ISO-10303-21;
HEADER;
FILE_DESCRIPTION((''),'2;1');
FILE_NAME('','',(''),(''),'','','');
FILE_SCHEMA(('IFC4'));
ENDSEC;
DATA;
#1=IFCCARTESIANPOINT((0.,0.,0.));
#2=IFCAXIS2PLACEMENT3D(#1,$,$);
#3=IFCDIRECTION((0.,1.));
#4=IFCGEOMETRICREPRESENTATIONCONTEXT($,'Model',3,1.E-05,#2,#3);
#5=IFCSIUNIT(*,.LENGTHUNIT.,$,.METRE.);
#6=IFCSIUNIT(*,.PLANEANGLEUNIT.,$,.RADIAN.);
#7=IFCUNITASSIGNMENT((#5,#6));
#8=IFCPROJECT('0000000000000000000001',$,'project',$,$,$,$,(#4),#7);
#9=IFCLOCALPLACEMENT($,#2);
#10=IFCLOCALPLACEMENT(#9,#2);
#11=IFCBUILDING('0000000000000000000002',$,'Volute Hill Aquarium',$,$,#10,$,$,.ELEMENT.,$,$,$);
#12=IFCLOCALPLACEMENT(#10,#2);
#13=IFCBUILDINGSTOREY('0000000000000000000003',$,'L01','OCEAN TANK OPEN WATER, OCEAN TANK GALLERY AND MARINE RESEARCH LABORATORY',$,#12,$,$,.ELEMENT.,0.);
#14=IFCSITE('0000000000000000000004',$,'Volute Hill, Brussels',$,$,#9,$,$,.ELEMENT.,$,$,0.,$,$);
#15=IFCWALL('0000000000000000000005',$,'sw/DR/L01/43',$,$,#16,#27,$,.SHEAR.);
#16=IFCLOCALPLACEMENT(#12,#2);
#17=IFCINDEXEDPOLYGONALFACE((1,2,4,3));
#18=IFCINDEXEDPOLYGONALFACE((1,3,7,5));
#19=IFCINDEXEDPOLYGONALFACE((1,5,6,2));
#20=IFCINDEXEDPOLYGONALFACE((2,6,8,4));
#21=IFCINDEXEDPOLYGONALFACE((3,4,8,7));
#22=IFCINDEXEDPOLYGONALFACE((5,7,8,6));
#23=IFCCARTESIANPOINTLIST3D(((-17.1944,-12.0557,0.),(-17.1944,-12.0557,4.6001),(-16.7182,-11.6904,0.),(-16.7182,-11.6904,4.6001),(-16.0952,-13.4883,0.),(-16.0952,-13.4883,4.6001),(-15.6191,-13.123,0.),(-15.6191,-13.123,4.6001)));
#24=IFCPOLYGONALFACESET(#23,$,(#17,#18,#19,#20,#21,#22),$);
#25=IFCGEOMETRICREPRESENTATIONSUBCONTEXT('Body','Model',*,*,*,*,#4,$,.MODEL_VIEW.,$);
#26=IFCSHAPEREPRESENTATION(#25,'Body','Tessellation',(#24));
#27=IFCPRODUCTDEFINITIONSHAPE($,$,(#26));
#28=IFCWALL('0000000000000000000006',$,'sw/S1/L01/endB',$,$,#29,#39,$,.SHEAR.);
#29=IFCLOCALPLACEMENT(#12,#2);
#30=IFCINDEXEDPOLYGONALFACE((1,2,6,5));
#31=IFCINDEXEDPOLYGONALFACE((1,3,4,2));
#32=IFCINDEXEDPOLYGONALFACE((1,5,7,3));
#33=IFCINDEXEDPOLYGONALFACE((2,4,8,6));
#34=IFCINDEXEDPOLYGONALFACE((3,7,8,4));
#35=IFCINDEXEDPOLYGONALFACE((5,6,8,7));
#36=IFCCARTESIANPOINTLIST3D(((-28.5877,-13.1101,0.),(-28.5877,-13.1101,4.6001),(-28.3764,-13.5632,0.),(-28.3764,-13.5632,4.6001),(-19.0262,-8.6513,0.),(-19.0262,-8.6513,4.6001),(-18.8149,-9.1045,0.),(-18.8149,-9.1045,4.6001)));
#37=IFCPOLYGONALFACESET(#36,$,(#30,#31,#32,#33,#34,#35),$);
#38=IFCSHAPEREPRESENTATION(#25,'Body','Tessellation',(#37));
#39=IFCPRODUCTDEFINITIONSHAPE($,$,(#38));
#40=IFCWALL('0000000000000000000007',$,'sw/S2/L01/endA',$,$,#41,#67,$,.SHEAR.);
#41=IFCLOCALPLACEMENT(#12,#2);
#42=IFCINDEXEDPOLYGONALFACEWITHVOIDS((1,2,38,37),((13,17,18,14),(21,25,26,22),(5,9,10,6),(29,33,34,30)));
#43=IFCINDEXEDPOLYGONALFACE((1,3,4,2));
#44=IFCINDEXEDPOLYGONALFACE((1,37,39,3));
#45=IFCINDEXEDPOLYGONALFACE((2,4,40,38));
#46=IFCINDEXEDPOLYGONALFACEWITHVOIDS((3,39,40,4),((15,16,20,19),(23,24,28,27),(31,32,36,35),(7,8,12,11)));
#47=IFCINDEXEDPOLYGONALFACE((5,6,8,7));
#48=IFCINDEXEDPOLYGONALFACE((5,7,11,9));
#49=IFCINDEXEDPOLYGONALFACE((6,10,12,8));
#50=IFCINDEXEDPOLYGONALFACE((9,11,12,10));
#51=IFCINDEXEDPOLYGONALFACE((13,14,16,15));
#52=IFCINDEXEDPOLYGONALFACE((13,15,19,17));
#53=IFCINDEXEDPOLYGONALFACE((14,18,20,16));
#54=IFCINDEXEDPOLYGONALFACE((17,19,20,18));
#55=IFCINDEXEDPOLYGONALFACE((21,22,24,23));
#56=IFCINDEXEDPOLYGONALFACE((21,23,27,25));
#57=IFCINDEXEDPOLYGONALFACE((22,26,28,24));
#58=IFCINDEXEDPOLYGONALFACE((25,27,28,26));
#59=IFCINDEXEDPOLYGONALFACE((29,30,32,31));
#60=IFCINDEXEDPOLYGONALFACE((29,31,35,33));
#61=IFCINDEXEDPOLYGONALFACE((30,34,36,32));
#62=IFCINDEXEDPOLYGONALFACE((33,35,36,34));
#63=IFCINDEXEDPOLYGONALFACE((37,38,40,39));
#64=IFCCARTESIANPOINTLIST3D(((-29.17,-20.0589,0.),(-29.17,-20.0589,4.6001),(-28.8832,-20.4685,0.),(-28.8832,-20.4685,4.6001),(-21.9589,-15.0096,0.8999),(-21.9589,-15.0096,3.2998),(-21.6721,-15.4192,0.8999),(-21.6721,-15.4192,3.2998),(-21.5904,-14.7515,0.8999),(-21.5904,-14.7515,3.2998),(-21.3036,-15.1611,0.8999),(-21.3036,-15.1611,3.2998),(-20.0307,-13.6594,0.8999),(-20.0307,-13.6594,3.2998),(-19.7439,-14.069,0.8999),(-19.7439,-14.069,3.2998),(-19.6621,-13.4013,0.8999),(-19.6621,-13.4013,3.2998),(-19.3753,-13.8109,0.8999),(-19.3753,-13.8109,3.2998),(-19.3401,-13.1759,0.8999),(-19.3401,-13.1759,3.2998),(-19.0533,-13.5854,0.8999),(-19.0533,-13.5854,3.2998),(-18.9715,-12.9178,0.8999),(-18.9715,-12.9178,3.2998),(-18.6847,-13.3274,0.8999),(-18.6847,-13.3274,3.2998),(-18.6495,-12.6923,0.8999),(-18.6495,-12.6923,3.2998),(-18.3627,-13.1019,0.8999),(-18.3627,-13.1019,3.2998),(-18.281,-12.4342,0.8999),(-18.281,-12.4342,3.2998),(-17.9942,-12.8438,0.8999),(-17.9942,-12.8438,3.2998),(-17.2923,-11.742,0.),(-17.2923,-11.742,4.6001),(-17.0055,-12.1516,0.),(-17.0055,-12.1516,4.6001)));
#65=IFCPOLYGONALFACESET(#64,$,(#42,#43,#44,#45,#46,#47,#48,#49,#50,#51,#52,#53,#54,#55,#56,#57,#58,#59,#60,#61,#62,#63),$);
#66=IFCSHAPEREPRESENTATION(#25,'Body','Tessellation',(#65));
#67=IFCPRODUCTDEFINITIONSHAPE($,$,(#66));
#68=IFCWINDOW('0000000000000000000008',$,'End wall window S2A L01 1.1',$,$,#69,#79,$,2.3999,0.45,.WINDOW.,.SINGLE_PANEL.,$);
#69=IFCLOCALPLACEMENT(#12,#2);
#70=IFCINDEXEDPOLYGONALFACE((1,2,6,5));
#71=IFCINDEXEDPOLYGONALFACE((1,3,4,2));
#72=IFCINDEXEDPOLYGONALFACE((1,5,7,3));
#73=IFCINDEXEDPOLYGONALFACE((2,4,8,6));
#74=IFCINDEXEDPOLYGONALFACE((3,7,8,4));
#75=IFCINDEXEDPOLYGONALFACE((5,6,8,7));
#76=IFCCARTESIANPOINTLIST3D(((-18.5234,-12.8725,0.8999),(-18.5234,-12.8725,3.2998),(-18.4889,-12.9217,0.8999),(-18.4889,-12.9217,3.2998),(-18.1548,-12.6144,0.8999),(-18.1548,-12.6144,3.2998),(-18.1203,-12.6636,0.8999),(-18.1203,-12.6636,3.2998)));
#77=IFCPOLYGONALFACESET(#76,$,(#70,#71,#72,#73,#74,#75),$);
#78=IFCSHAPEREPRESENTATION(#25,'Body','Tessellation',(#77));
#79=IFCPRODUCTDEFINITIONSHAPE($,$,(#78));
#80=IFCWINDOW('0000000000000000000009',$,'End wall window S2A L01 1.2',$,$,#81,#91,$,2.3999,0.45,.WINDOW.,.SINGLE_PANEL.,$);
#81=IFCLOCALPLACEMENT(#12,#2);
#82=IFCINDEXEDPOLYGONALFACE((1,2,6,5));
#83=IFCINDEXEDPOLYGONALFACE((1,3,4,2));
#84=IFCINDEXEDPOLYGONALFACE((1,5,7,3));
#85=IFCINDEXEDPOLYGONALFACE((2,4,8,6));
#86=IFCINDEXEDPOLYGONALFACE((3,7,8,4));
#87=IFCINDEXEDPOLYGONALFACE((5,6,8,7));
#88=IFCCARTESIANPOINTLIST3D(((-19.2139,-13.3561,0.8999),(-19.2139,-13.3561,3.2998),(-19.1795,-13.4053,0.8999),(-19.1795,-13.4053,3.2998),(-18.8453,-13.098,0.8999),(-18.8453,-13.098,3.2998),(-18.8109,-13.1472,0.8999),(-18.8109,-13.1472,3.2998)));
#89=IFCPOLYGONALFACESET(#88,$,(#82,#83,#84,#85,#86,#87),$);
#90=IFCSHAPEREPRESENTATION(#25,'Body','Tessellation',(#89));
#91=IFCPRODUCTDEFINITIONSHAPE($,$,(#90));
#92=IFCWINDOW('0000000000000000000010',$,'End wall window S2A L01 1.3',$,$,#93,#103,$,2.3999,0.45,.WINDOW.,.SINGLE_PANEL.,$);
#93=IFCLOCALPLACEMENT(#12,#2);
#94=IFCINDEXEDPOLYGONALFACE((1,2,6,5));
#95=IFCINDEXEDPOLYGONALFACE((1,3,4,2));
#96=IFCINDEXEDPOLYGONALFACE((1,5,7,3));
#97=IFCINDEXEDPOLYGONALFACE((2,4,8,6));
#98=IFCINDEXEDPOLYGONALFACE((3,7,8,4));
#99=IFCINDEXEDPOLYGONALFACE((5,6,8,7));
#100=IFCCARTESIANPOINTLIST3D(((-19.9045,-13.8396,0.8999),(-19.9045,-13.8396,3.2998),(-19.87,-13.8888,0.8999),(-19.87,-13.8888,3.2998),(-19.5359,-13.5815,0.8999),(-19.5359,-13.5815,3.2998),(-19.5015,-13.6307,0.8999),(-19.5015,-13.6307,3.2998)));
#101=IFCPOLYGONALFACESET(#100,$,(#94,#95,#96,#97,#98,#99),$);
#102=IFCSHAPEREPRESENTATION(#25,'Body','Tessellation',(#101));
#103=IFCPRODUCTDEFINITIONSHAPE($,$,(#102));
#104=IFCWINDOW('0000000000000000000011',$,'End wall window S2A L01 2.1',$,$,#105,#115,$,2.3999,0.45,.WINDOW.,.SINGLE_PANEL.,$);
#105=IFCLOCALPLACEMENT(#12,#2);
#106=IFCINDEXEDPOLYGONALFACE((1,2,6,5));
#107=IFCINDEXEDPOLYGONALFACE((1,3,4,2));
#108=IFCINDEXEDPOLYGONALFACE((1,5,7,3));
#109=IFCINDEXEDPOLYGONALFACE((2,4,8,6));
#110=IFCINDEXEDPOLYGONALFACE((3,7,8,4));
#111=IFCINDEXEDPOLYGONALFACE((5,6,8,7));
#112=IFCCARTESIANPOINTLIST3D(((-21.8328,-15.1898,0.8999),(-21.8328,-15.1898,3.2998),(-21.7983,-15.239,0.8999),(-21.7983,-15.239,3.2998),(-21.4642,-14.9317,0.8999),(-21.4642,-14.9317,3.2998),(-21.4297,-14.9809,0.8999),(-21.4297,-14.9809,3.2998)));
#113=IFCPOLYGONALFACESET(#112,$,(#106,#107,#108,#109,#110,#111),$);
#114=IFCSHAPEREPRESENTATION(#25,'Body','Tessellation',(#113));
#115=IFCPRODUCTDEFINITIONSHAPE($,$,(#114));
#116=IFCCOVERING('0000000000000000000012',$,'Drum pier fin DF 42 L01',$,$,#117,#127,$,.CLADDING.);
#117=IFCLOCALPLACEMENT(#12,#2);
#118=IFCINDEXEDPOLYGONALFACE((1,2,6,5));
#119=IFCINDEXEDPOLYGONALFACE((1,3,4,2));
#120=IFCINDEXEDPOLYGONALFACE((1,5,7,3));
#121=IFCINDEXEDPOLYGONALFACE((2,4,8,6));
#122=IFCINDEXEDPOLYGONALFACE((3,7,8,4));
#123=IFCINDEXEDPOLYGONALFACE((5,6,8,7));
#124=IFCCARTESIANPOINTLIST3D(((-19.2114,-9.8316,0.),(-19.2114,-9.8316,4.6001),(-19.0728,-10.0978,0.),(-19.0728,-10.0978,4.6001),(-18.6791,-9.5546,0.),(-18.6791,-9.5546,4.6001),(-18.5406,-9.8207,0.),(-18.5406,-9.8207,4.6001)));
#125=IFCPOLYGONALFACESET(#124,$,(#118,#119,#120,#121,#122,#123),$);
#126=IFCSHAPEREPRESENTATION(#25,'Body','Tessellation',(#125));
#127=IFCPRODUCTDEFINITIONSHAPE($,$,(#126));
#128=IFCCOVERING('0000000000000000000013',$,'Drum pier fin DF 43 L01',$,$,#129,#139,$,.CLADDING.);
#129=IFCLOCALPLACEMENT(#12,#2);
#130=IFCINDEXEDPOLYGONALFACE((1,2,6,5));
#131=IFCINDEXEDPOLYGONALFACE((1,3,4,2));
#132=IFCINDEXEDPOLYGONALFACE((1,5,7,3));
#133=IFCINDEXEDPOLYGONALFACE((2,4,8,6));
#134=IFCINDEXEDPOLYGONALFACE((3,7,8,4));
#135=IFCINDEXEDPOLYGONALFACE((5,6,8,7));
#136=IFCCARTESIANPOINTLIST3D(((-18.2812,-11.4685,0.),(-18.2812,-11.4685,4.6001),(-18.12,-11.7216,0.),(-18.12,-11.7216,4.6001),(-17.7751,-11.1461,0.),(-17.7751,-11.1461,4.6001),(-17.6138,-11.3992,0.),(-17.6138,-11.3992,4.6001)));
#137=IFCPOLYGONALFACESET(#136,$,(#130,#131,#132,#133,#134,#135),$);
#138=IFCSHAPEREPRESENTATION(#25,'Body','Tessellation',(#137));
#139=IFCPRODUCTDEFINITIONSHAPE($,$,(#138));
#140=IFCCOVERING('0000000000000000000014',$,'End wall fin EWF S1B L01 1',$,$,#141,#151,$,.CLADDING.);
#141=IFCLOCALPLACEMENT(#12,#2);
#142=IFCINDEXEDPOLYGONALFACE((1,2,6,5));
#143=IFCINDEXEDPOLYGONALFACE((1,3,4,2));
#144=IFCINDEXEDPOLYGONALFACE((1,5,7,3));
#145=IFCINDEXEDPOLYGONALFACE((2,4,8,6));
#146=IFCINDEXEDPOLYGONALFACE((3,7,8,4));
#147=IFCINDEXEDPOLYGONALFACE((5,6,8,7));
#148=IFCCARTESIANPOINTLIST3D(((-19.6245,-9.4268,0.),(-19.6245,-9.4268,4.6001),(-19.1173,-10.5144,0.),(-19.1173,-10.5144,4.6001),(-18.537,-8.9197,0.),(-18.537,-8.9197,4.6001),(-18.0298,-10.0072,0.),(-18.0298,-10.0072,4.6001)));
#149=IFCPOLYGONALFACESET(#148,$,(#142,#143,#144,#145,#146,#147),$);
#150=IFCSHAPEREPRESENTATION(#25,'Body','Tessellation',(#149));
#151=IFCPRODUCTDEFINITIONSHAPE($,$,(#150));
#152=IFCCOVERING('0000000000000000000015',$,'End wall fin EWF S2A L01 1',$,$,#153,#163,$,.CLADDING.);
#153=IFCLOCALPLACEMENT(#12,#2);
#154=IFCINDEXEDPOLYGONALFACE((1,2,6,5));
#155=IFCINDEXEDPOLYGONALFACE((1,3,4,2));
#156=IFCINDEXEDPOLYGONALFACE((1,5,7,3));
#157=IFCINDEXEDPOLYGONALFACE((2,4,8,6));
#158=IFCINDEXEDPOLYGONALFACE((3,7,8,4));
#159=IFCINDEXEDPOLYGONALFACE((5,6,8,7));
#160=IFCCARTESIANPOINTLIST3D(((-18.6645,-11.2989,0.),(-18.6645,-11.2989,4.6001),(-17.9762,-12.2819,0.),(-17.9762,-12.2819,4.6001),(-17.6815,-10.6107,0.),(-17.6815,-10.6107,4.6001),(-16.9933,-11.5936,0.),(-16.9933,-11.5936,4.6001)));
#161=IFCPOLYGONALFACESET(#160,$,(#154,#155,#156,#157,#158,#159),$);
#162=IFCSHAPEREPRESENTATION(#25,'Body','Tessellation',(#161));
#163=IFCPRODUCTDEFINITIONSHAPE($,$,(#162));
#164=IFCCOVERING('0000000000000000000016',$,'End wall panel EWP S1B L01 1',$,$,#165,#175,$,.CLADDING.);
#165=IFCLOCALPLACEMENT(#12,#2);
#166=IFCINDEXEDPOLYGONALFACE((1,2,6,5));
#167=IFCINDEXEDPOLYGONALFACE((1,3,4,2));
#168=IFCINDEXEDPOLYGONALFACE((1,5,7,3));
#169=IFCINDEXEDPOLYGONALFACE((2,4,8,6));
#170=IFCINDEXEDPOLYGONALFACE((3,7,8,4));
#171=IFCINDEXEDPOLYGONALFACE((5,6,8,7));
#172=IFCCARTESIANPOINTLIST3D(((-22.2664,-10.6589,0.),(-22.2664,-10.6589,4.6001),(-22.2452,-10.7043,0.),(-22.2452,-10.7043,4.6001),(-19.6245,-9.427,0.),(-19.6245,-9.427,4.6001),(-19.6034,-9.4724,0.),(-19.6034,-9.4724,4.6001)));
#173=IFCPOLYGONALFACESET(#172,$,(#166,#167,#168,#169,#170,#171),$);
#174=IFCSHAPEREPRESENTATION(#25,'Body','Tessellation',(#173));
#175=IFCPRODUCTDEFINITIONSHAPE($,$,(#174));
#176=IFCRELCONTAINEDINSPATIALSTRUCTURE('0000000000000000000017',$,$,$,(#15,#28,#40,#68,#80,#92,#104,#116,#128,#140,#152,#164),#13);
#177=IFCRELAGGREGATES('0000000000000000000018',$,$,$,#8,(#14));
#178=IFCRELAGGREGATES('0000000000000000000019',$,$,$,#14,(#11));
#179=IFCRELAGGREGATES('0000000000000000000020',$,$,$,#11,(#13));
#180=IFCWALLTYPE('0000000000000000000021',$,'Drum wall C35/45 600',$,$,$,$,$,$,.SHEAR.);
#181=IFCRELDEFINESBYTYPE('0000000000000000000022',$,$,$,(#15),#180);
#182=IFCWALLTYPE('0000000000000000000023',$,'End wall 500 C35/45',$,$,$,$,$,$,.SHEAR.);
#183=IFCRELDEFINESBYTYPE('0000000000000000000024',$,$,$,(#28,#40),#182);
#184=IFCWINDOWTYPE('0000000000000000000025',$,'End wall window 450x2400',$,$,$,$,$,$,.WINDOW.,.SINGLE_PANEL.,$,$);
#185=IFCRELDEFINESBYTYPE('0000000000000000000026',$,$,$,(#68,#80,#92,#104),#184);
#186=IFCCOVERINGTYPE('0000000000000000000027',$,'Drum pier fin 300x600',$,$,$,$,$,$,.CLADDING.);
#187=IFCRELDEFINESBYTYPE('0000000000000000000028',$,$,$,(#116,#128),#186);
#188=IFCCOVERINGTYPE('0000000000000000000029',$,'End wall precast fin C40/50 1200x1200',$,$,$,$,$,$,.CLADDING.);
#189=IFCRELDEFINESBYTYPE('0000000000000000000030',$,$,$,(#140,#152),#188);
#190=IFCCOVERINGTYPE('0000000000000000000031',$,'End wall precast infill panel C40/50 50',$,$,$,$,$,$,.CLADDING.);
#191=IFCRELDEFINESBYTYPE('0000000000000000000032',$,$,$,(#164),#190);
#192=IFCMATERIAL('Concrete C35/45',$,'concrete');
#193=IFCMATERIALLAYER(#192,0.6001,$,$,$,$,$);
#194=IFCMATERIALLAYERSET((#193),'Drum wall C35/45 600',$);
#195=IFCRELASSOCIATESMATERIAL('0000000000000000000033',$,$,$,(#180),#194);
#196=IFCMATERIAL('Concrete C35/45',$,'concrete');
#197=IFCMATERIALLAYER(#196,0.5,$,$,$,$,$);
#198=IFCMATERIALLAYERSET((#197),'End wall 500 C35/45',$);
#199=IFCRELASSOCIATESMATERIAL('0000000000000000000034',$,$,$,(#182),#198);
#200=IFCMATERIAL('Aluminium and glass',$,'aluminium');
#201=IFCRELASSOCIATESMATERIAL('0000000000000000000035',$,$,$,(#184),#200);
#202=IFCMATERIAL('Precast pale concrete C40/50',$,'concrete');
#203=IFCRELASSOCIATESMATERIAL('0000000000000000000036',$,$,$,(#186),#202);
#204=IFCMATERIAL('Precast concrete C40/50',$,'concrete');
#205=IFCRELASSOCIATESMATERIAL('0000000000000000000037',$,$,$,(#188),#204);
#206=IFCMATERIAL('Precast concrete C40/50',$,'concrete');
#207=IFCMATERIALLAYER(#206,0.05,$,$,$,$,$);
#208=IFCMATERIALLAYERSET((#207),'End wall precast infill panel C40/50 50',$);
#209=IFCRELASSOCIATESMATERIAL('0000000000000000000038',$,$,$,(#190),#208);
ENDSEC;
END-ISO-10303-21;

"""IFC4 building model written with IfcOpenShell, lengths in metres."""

from ifc_helpers import new_model, si_unit, direction, frame, frame_2d, origin, origin_2d, place, context, subcontext, project, spatial, polyline, rectangle, outline, extrude, material, layer, layer_set, type_object, element, fill, save


model = new_model("IFC4")

# Units and contexts
model_context = context("Model", 3, precision=1e-05, world=origin(), true_north=direction((0.0, 1.0)))
body_context = subcontext(model_context, "Body", "Model", "MODEL_VIEW")
ifc_project = project(units=[si_unit("LENGTHUNIT", "METRE"), si_unit("PLANEANGLEUNIT", "RADIAN")], contexts=[model_context])

# Site, building, storey
site_placement = place(None, origin())
site = spatial("IfcSite", under=ifc_project, at=site_placement, Name="Volute Hill, Brussels", CompositionType="ELEMENT", RefElevation=0.0)
building_placement = place(site_placement, origin())
building = spatial("IfcBuilding", under=site, at=building_placement, Name="Volute Hill Aquarium", CompositionType="ELEMENT")
storey_placement = place(building_placement, origin())
storey = spatial("IfcBuildingStorey", under=building, at=storey_placement, Name="L01", Description="OCEAN TANK OPEN WATER, OCEAN TANK GALLERY AND MARINE RESEARCH LABORATORY", CompositionType="ELEMENT", Elevation=0.0)

# Shared definitions
ifc_material_1 = material(Name="Concrete C35/45", Category="concrete")
ifc_layer_1 = layer(ifc_material_1, 0.6001)
ifc_layer_set_1 = layer_set([ifc_layer_1], Name="Drum wall C35/45 600")
wall_type_1 = type_object("IfcWallType", Name="Drum wall C35/45 600", PredefinedType="SHEAR", material=ifc_layer_set_1)

# Walls
wall_1_placement = place(storey_placement, frame((-16.9563, -11.873, 0.0), z_axis=(0.0, 0.0, 1.0), x_axis=(0.608704, -0.793397, 0.0)))
element("IfcWall", 1, at=wall_1_placement, inside=storey, type_object=wall_type_1, Name="sw/DR/L01/43", PredefinedType="SHEAR", context=body_context, shape_type="SweptSolid", body=[
    extrude(rectangle(XDim=1.8057, YDim=0.6001, at=frame_2d((0.9028, 0.0))), origin(), (0.0, 0.0, 1.0), 4.6001),
])
ifc_material_2 = material(Name="Concrete C35/45", Category="concrete")
ifc_layer_2 = layer(ifc_material_2, 0.5)
ifc_layer_set_2 = layer_set([ifc_layer_2], Name="End wall 500 C35/45")
wall_type_2 = type_object("IfcWallType", Name="End wall 500 C35/45", PredefinedType="SHEAR", material=ifc_layer_set_2)
wall_2_placement = place(storey_placement, frame((-18.9207, -8.8779, 0.0), z_axis=(0.0, 0.0, 1.0), x_axis=(-0.906303, -0.422628, 0.0)))
element("IfcWall", 2, at=wall_2_placement, inside=storey, type_object=wall_type_2, Name="sw/S1/L01/endB", PredefinedType="SHEAR", context=body_context, shape_type="SweptSolid", body=[
    extrude(rectangle(XDim=10.55, YDim=0.5, at=frame_2d((5.2749, 0.0))), origin(), (0.0, 0.0, 1.0), 4.6001),
])

# Wall, openings, windows
wall_3_placement = place(storey_placement, frame((-17.1489, -11.9468, 0.0), z_axis=(0.0, 0.0, 1.0), x_axis=(-0.81915, -0.573579, 0.0)))
wall_3 = element("IfcWall", 3, at=wall_3_placement, inside=storey, type_object=wall_type_2, Name="sw/S2/L01/endA", PredefinedType="SHEAR", context=body_context, shape_type="SweptSolid", body=[
    extrude(rectangle(XDim=14.5, YDim=0.5, at=frame_2d((7.25, 0.0))), origin(), (0.0, 0.0, 1.0), 4.6001),
])
opening_1_placement = place(wall_3_placement, frame((1.2068, 0.0, 0.8999)))
opening_1 = element("IfcOpeningElement", 4, at=opening_1_placement, cuts=wall_3, PredefinedType="OPENING", context=body_context, shape_type="SweptSolid", body=[
    extrude(rectangle(XDim=0.45, YDim=2.3999, at=frame_2d((0.2251, 1.2))), frame((0.0, 0.26, 0.0), z_axis=(0.0, -1.0, 0.0), x_axis=(1.0, 0.0, 0.0)), (0.0, 0.0, 1.0), 0.52),
])
opening_2_placement = place(wall_3_placement, frame((2.0498, 0.0, 0.8999)))
opening_2 = element("IfcOpeningElement", 5, at=opening_2_placement, cuts=wall_3, PredefinedType="OPENING", context=body_context, shape_type="SweptSolid", body=[
    extrude(rectangle(XDim=0.45, YDim=2.3999, at=frame_2d((0.2251, 1.2))), frame((0.0, 0.26, 0.0), z_axis=(0.0, -1.0, 0.0), x_axis=(1.0, 0.0, 0.0)), (0.0, 0.0, 1.0), 0.52),
])
opening_3_placement = place(wall_3_placement, frame((2.8928, 0.0, 0.8999)))
opening_3 = element("IfcOpeningElement", 6, at=opening_3_placement, cuts=wall_3, PredefinedType="OPENING", context=body_context, shape_type="SweptSolid", body=[
    extrude(rectangle(XDim=0.45, YDim=2.3999, at=frame_2d((0.2251, 1.2))), frame((0.0, 0.26, 0.0), z_axis=(0.0, -1.0, 0.0), x_axis=(1.0, 0.0, 0.0)), (0.0, 0.0, 1.0), 0.52),
])
opening_4_placement = place(wall_3_placement, frame((5.2468, 0.0, 0.8999)))
opening_4 = element("IfcOpeningElement", 7, at=opening_4_placement, cuts=wall_3, PredefinedType="OPENING", context=body_context, shape_type="SweptSolid", body=[
    extrude(rectangle(XDim=0.45, YDim=2.3999, at=frame_2d((0.2251, 1.2))), frame((0.0, 0.26, 0.0), z_axis=(0.0, -1.0, 0.0), x_axis=(1.0, 0.0, 0.0)), (0.0, 0.0, 1.0), 0.52),
])
ifc_material_3 = material(Name="Aluminium and glass", Category="aluminium")
window_type = type_object("IfcWindowType", Name="End wall window 450x2400", PartitioningType="SINGLE_PANEL", PredefinedType="WINDOW", material=ifc_material_3)
window_1_placement = place(opening_1_placement, origin())
window_1 = element("IfcWindow", 8, at=window_1_placement, inside=storey, type_object=window_type, Name="End wall window S2A L01 1.1", OverallHeight=2.3999, OverallWidth=0.45, PartitioningType="SINGLE_PANEL", PredefinedType="WINDOW", context=body_context, shape_type="SweptSolid", body=[
    extrude(rectangle(XDim=0.45, YDim=2.3999, at=frame_2d((0.2251, 1.2))), frame((0.0, 0.03, 0.0), z_axis=(0.0, -1.0, 0.0), x_axis=(1.0, 0.0, 0.0)), (0.0, 0.0, 1.0), 0.0601),
])
fill(opening_1, window_1)
window_2_placement = place(opening_2_placement, origin())
window_2 = element("IfcWindow", 9, at=window_2_placement, inside=storey, type_object=window_type, Name="End wall window S2A L01 1.2", OverallHeight=2.3999, OverallWidth=0.45, PartitioningType="SINGLE_PANEL", PredefinedType="WINDOW", context=body_context, shape_type="SweptSolid", body=[
    extrude(rectangle(XDim=0.45, YDim=2.3999, at=frame_2d((0.2251, 1.2))), frame((0.0, 0.03, 0.0), z_axis=(0.0, -1.0, 0.0), x_axis=(1.0, 0.0, 0.0)), (0.0, 0.0, 1.0), 0.0601),
])
fill(opening_2, window_2)
window_3_placement = place(opening_3_placement, origin())
window_3 = element("IfcWindow", 10, at=window_3_placement, inside=storey, type_object=window_type, Name="End wall window S2A L01 1.3", OverallHeight=2.3999, OverallWidth=0.45, PartitioningType="SINGLE_PANEL", PredefinedType="WINDOW", context=body_context, shape_type="SweptSolid", body=[
    extrude(rectangle(XDim=0.45, YDim=2.3999, at=frame_2d((0.2251, 1.2))), frame((0.0, 0.03, 0.0), z_axis=(0.0, -1.0, 0.0), x_axis=(1.0, 0.0, 0.0)), (0.0, 0.0, 1.0), 0.0601),
])
fill(opening_3, window_3)
window_4_placement = place(opening_4_placement, origin())
window_4 = element("IfcWindow", 11, at=window_4_placement, inside=storey, type_object=window_type, Name="End wall window S2A L01 2.1", OverallHeight=2.3999, OverallWidth=0.45, PartitioningType="SINGLE_PANEL", PredefinedType="WINDOW", context=body_context, shape_type="SweptSolid", body=[
    extrude(rectangle(XDim=0.45, YDim=2.3999, at=frame_2d((0.2251, 1.2))), frame((0.0, 0.03, 0.0), z_axis=(0.0, -1.0, 0.0), x_axis=(1.0, 0.0, 0.0)), (0.0, 0.0, 1.0), 0.0601),
])
fill(opening_4, window_4)

# Coverings
ifc_material_4 = material(Name="Precast pale concrete C40/50", Category="concrete")
covering_type_1 = type_object("IfcCoveringType", Name="Drum pier fin 300x600", PredefinedType="CLADDING", material=ifc_material_4)
for number, where, z_axis, x_axis, name in (
    (12, (-18.876, -9.8262, 0.0), (0.0, 0.0, 1.0), (0.461749, -0.887011, 0.0), "Drum pier fin DF 42 L01"),
    (13, (-17.9475, -11.4338, 0.0), (0.0, 0.0, 1.0), (0.5373, -0.843391, 0.0), "Drum pier fin DF 43 L01"),
):
    element("IfcCovering", number, at=place(storey_placement, frame(where, z_axis=z_axis, x_axis=x_axis)), inside=storey, type_object=covering_type_1, Name=name, PredefinedType="CLADDING", context=body_context, shape_type="SweptSolid", body=[
        extrude(rectangle(XDim=0.3, YDim=0.6001, at=origin_2d()), origin(), (0.0, 0.0, 1.0), 4.6001),
    ])
ifc_material_5 = material(Name="Precast concrete C40/50", Category="concrete")
covering_type_2 = type_object("IfcCoveringType", Name="End wall precast fin C40/50 1200x1200", PredefinedType="CLADDING", material=ifc_material_5)
for number, where, z_axis, x_axis, name in (
    (14, (-18.8271, -9.717, 0.0), (0.0, 0.0, 1.0), (-0.906304, -0.422626, 0.0), "End wall fin EWF S1B L01 1"),
    (15, (-17.8289, -11.4463, 0.0), (0.0, 0.0, 1.0), (-0.819154, -0.573574, 0.0), "End wall fin EWF S2A L01 1"),
):
    element("IfcCovering", number, at=place(storey_placement, frame(where, z_axis=z_axis, x_axis=x_axis)), inside=storey, type_object=covering_type_2, Name=name, PredefinedType="CLADDING", context=body_context, shape_type="SweptSolid", body=[
        extrude(rectangle(XDim=1.2, YDim=1.2, at=origin_2d()), origin(), (0.0, 0.0, 1.0), 4.6001),
    ])
ifc_material_6 = material(Name="Precast concrete C40/50", Category="concrete")
ifc_layer_3 = layer(ifc_material_6, 0.05)
ifc_layer_set_3 = layer_set([ifc_layer_3], Name="End wall precast infill panel C40/50 50")
covering_type_3 = type_object("IfcCoveringType", Name="End wall precast infill panel C40/50 50", PredefinedType="CLADDING", material=ifc_layer_set_3)
covering_placement = place(storey_placement, frame((-19.6245, -9.427, 0.0), z_axis=(-0.422624, 0.906305, 0.0), x_axis=(-0.906305, -0.422624, 0.0)))
element("IfcCovering", 16, at=covering_placement, inside=storey, type_object=covering_type_3, Name="End wall panel EWP S1B L01 1", PredefinedType="CLADDING", context=body_context, shape_type="SweptSolid", body=[
    extrude(outline(polyline([(0.0, 0.0), (2.915, 0.0), (2.915, 4.6001), (0.0, 4.6001), (0.0, 0.0)])), origin(), (0.0, 0.0, -1.0), 0.05),
])

save(model, "model.ifc")
